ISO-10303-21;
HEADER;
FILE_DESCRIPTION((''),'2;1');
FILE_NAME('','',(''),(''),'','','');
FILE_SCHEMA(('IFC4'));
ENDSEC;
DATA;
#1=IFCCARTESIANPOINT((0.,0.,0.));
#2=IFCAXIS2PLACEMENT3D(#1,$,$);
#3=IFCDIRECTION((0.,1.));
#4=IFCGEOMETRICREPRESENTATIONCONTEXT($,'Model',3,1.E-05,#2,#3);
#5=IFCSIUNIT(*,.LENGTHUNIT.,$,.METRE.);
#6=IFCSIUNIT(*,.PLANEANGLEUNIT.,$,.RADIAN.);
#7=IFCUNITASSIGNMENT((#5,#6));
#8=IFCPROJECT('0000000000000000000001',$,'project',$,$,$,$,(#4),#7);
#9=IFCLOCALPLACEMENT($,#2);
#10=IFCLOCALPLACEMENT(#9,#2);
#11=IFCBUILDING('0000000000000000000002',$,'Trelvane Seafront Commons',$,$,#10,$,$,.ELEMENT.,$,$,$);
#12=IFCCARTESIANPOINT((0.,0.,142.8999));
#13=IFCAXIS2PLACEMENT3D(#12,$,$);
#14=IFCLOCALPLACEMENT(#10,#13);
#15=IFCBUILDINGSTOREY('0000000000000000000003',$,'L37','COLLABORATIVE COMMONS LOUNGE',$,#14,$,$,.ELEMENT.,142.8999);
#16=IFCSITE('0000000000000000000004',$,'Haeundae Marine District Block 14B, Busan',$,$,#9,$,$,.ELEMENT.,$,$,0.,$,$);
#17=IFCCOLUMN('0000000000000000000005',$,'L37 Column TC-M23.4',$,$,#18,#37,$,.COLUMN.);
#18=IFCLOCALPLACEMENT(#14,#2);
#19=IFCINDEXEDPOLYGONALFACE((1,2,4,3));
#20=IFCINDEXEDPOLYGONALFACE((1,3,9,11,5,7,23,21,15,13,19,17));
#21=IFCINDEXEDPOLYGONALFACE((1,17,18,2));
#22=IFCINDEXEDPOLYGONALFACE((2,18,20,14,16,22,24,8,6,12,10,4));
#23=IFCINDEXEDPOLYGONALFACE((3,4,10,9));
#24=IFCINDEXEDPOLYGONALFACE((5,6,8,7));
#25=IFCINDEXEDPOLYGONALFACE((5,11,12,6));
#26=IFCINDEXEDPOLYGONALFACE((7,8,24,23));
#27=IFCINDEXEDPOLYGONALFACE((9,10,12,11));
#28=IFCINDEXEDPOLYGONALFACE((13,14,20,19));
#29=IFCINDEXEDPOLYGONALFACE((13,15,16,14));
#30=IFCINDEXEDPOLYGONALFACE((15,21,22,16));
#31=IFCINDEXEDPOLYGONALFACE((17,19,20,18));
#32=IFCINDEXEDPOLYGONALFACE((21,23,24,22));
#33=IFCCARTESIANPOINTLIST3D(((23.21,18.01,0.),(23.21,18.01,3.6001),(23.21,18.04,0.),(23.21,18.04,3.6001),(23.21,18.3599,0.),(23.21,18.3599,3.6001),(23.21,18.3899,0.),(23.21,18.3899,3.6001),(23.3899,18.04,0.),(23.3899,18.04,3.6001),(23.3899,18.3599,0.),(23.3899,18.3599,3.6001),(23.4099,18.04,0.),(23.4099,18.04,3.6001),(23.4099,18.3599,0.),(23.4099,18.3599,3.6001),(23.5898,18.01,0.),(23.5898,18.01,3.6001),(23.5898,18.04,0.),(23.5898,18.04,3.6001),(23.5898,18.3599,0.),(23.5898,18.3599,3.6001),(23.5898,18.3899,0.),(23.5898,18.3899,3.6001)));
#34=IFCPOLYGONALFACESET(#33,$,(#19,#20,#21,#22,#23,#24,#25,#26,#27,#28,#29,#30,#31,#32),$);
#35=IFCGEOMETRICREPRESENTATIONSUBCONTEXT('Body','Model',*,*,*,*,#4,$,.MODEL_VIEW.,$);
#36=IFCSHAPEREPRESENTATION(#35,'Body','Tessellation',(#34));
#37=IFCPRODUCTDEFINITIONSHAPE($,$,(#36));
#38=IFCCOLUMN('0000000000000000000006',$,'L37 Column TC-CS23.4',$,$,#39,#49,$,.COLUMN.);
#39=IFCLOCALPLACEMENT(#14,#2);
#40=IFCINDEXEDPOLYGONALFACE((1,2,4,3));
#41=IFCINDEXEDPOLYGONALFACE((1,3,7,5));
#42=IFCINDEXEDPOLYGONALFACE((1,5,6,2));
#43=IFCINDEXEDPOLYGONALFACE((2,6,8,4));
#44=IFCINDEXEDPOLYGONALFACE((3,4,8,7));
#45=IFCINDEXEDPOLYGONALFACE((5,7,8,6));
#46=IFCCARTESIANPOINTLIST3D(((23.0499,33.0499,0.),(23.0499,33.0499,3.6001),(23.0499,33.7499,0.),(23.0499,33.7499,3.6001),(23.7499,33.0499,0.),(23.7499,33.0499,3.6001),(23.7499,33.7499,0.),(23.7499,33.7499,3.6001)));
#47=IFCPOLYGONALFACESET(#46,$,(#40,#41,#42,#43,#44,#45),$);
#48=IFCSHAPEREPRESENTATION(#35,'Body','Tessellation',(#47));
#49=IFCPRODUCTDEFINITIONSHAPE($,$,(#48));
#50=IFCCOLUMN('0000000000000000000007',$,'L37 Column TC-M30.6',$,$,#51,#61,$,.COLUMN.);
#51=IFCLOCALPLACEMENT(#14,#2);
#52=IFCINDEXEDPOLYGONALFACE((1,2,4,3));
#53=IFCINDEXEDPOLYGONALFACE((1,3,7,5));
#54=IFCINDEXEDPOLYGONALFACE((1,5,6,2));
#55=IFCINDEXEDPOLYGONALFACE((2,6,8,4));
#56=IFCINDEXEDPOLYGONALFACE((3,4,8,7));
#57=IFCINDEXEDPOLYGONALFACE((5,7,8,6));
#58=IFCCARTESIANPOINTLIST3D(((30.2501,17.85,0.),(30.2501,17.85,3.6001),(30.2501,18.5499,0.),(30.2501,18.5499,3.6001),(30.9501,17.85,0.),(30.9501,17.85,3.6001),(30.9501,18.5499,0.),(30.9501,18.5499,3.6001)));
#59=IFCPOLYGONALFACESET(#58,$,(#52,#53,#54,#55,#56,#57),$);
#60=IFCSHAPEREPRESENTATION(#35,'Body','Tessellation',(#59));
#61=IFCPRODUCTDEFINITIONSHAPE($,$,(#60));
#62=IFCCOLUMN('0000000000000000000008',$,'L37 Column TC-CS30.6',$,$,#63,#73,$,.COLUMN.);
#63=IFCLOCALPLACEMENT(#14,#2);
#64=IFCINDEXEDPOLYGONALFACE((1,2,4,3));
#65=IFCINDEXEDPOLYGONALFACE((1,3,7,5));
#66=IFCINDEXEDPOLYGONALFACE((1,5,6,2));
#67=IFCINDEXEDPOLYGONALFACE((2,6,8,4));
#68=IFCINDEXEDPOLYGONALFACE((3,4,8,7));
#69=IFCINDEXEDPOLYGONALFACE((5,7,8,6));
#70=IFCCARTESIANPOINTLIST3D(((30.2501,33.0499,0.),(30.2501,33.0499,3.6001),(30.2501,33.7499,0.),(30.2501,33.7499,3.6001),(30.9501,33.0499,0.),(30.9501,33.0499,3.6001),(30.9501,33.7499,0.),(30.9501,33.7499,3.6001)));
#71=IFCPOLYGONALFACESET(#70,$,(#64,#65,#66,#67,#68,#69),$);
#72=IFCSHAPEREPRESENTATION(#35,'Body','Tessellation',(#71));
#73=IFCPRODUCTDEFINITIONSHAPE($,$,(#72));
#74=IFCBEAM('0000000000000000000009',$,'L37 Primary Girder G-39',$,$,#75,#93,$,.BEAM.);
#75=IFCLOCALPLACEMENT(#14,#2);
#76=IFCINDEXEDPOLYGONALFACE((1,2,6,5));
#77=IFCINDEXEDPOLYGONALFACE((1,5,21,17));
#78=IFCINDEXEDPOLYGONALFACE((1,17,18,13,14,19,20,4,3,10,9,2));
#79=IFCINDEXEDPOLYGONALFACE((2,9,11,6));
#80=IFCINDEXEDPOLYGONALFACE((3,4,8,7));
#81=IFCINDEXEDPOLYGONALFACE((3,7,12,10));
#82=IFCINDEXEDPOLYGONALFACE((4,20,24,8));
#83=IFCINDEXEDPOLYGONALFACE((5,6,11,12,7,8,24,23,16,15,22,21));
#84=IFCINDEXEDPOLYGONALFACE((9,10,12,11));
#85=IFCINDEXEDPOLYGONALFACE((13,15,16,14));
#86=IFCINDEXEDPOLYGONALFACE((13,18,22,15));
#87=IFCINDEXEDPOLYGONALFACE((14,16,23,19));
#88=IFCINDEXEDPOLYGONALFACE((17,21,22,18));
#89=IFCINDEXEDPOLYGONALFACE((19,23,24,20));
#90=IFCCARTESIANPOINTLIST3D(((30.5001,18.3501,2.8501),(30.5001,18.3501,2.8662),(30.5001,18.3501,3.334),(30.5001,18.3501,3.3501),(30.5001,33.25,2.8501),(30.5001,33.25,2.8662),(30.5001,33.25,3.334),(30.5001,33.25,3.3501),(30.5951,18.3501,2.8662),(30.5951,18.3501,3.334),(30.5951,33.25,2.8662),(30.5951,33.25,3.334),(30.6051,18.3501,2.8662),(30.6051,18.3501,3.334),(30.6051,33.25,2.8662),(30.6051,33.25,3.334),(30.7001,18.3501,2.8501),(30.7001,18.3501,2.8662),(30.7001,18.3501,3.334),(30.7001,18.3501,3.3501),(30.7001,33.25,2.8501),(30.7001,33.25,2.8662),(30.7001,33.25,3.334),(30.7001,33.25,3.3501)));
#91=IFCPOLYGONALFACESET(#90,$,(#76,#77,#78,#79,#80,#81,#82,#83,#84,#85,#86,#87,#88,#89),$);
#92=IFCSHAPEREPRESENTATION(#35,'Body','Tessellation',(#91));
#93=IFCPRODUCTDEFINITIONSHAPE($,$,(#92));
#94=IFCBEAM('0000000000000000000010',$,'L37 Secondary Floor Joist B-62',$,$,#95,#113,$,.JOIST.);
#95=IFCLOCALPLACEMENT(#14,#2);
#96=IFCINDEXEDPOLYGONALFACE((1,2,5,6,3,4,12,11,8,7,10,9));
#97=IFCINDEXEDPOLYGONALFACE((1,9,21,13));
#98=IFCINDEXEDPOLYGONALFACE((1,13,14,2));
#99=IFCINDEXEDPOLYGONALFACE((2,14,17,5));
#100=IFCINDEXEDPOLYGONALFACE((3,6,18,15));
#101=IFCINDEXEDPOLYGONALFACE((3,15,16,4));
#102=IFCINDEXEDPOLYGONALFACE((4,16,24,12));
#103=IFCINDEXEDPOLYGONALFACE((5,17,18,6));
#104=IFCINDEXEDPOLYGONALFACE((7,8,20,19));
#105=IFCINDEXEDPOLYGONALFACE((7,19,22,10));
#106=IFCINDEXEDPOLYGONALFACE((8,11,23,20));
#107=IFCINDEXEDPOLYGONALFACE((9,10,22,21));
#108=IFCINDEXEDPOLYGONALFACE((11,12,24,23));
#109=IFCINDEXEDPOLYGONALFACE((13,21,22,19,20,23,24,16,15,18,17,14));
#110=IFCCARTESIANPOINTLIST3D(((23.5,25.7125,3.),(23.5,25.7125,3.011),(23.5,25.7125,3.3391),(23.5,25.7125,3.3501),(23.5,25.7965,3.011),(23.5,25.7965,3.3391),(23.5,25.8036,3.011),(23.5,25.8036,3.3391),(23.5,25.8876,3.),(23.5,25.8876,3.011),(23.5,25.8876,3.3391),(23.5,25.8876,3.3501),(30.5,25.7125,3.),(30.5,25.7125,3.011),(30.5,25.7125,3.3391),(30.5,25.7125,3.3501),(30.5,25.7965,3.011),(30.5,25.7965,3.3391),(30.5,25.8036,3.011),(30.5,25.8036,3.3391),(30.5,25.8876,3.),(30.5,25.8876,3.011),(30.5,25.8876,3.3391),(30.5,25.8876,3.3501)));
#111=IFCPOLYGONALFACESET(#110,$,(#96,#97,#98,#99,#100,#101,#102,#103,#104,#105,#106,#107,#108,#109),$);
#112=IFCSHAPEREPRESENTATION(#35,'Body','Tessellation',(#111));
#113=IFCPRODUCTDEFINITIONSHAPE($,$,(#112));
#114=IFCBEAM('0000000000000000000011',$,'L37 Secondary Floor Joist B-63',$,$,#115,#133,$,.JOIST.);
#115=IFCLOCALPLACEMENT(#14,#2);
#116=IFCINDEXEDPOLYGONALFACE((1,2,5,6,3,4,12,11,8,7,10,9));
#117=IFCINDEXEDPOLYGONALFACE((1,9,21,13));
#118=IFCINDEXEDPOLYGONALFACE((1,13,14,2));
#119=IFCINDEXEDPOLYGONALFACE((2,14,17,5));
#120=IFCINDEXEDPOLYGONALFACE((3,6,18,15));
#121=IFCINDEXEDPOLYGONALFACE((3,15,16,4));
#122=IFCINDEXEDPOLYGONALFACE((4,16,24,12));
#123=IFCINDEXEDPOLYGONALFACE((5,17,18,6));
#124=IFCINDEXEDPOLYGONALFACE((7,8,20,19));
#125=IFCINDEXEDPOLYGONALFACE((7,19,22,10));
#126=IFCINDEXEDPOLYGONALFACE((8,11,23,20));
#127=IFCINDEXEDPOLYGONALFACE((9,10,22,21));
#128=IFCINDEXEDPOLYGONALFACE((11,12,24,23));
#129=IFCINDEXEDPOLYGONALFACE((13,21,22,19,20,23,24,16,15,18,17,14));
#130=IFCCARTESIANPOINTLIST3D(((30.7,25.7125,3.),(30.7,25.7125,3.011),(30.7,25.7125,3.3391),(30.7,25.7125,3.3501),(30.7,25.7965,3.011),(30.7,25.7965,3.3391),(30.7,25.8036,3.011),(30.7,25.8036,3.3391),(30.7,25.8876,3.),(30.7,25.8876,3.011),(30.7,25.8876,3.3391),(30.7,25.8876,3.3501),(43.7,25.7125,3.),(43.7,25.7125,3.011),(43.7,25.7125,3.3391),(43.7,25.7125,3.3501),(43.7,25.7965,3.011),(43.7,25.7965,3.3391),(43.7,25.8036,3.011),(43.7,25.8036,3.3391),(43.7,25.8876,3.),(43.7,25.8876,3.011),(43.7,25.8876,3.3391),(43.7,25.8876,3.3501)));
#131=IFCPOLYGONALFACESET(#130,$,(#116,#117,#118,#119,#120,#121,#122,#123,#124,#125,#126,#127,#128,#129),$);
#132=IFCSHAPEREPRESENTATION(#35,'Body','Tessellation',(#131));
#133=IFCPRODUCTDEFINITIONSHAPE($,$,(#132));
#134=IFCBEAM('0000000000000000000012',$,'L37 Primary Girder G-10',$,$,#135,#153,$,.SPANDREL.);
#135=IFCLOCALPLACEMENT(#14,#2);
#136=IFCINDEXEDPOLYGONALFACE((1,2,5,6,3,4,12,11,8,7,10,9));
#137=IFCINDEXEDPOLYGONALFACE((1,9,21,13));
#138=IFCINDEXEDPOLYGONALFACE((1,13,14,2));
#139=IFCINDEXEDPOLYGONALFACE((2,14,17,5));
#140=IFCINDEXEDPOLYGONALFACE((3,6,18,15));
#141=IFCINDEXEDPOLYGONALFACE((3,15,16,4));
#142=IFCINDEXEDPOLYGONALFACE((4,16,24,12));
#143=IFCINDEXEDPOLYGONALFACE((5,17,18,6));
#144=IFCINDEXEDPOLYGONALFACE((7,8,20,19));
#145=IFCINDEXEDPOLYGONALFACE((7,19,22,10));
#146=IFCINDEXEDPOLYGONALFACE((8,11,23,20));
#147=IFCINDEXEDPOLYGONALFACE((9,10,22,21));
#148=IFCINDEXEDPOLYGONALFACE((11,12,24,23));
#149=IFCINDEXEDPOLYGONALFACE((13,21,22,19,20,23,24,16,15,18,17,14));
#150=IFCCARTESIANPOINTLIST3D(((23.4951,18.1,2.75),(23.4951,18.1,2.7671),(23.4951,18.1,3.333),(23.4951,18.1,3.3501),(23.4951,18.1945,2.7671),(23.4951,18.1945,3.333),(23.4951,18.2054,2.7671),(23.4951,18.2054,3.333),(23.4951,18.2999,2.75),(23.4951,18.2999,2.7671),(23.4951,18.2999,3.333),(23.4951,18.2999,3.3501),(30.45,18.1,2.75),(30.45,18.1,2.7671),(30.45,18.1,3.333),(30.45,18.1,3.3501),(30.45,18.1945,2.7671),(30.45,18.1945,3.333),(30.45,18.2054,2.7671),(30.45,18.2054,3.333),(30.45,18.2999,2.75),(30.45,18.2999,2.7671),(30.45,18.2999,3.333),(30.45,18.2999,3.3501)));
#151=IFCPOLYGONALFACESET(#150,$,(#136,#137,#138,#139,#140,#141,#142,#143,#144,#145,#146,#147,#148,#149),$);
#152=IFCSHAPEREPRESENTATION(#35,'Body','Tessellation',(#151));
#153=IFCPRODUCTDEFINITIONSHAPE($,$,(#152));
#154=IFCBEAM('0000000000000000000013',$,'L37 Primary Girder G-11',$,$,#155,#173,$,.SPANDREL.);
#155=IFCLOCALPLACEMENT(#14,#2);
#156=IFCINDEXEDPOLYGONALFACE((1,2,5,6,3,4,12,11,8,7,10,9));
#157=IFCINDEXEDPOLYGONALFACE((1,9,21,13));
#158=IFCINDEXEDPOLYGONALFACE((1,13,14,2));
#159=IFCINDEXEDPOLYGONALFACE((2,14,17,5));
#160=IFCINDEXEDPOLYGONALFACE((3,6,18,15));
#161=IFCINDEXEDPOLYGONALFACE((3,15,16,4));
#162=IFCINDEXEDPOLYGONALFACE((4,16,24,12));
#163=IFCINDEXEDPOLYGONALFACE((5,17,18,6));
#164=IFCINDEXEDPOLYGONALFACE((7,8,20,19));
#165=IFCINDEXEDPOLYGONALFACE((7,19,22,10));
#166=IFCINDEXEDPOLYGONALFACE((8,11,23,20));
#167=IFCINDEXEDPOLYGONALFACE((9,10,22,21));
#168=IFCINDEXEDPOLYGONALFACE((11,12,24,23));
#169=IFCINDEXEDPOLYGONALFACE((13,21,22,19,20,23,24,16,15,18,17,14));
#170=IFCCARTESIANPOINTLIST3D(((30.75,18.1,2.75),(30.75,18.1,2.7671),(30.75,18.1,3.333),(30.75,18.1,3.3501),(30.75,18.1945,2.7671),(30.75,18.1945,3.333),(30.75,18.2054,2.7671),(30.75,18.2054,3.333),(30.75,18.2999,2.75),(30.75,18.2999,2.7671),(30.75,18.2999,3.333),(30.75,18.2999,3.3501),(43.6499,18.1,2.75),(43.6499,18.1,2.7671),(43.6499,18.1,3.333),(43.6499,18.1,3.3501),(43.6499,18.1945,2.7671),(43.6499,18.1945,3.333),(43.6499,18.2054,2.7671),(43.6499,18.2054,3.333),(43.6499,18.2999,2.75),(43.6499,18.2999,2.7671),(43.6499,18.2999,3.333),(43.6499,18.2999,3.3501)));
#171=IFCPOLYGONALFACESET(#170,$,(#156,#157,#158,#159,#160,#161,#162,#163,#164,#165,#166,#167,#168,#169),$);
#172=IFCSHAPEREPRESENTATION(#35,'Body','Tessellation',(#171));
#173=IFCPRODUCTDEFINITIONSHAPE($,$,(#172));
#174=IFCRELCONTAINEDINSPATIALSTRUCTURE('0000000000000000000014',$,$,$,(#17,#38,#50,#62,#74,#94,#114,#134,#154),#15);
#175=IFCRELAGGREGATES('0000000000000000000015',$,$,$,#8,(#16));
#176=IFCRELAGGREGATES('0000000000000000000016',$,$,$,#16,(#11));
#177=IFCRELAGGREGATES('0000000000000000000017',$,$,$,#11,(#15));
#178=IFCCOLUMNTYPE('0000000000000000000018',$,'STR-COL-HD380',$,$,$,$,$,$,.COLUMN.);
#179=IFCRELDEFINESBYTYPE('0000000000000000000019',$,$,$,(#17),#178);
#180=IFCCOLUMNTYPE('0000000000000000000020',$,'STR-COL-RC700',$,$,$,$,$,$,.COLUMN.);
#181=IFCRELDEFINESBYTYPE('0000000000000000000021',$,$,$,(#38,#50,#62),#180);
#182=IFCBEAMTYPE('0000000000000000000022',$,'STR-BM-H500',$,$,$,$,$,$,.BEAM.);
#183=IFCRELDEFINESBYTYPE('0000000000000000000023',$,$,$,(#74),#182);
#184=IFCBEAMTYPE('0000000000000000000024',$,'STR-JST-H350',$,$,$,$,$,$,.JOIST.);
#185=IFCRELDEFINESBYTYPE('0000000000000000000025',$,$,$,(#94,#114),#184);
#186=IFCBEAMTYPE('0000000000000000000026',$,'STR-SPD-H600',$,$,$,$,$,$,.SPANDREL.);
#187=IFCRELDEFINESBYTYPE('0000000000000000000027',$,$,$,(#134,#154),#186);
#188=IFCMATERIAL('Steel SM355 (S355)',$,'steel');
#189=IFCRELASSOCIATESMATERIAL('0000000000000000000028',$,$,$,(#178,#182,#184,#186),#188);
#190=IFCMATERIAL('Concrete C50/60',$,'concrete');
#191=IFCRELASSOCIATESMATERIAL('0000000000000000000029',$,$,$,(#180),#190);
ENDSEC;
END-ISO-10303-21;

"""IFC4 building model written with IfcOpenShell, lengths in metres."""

from ifc_helpers import new_model, si_unit, direction, frame, origin, origin_2d, place, context, subcontext, project, spatial, rectangle, i_section, extrude, source, transform, mapped, material, material_profile, profile_set, type_object, element, save


model = new_model("IFC4")

# Units and contexts
model_context = context("Model", 3, precision=1e-05, world=origin(), true_north=direction((0.0, 1.0)))
body_context = subcontext(model_context, "Body", "Model", "MODEL_VIEW")
ifc_project = project(units=[si_unit("LENGTHUNIT", "METRE"), si_unit("PLANEANGLEUNIT", "RADIAN")], contexts=[model_context])

# Site, building, storey
site_placement = place(None, origin())
site = spatial("IfcSite", under=ifc_project, at=site_placement, Name="Haeundae Marine District Block 14B, Busan", CompositionType="ELEMENT", RefElevation=0.0)
building_placement = place(site_placement, origin())
building = spatial("IfcBuilding", under=site, at=building_placement, Name="Trelvane Seafront Commons", CompositionType="ELEMENT")
storey_placement = place(building_placement, frame((0.0, 0.0, 142.8999)))
storey = spatial("IfcBuildingStorey", under=building, at=storey_placement, Name="L37", Description="COLLABORATIVE COMMONS LOUNGE", CompositionType="ELEMENT", Elevation=142.8999)

# Columns
ifc_material_1 = material(Name="Steel SM355 (S355)", Category="steel")
ifc_material_profile_1 = material_profile(ifc_material_1, i_section(OverallWidth=0.3799, OverallDepth=0.3799, WebThickness=0.02, FlangeThickness=0.03, at=origin_2d()), Name="HD-380x380x20x30")
ifc_profile_set_1 = profile_set([ifc_material_profile_1], Name="Steel SM355 (S355)")
column_type_1 = type_object("IfcColumnType", Name="STR-COL-HD380", PredefinedType="COLUMN", material=ifc_profile_set_1)
shared_shape_1 = source(origin(), body_context, "Body", "SweptSolid", [
    extrude(i_section(OverallWidth=0.3799, OverallDepth=0.3799, WebThickness=0.02, FlangeThickness=0.03, at=origin_2d()), origin(), (0.0, 0.0, 1.0), 3.6001),
])
column_placement = place(storey_placement, frame((23.3999, 18.2, 0.0), z_axis=(0.0, 0.0, 1.0), x_axis=(1.0, 0.0, 0.0)))
element("IfcColumn", 1, at=column_placement, inside=storey, type_object=column_type_1, Name="L37 Column TC-M23.4", PredefinedType="COLUMN", context=body_context, shape_type="MappedRepresentation", body=[
    mapped(shared_shape_1, transform((0.0, 0.0, 0.0), x_axis=(1.0, 0.0, 0.0), y_axis=(0.0, 1.0, 0.0), z_axis=(0.0, 0.0, 1.0), scale=1.0)),
])
ifc_material_2 = material(Name="Concrete C50/60", Category="concrete")
ifc_material_profile_2 = material_profile(ifc_material_2, rectangle(XDim=0.7, YDim=0.7, at=origin_2d()), Name="RC-700x700")
ifc_profile_set_2 = profile_set([ifc_material_profile_2], Name="Concrete C50/60")
column_type_2 = type_object("IfcColumnType", Name="STR-COL-RC700", PredefinedType="COLUMN", material=ifc_profile_set_2)
shared_shape_2 = source(origin(), body_context, "Body", "SweptSolid", [
    extrude(rectangle(XDim=0.7, YDim=0.7, at=origin_2d()), origin(), (0.0, 0.0, 1.0), 3.6001),
])
for number, where, z_axis, x_axis, name in (
    (2, (23.3999, 33.3999, 0.0), (0.0, 0.0, 1.0), (1.0, 0.0, 0.0), "L37 Column TC-CS23.4"),
    (3, (30.6001, 18.2, 0.0), (0.0, 0.0, 1.0), (1.0, 0.0, 0.0), "L37 Column TC-M30.6"),
    (4, (30.6001, 33.3999, 0.0), (0.0, 0.0, 1.0), (1.0, 0.0, 0.0), "L37 Column TC-CS30.6"),
):
    element("IfcColumn", number, at=place(storey_placement, frame(where, z_axis=z_axis, x_axis=x_axis)), inside=storey, type_object=column_type_2, Name=name, PredefinedType="COLUMN", context=body_context, shape_type="MappedRepresentation", body=[
        mapped(shared_shape_2, transform((0.0, 0.0, 0.0), x_axis=(1.0, 0.0, 0.0), y_axis=(0.0, 1.0, 0.0), z_axis=(0.0, 0.0, 1.0), scale=1.0)),
    ])

# Beams
ifc_material_profile_3 = material_profile(ifc_material_1, i_section(OverallWidth=0.2, OverallDepth=0.5, WebThickness=0.01, FlangeThickness=0.0161, at=origin_2d()), Name="H-500x200x10x16")
ifc_profile_set_3 = profile_set([ifc_material_profile_3], Name="Steel SM355 (S355)")
beam_type_1 = type_object("IfcBeamType", Name="STR-BM-H500", PredefinedType="BEAM", material=ifc_profile_set_3)
shared_shape_3 = source(origin(), body_context, "Body", "SweptSolid", [
    extrude(i_section(OverallWidth=0.2, OverallDepth=0.5, WebThickness=0.01, FlangeThickness=0.0161, at=origin_2d()), origin(), (0.0, 0.0, 1.0), 14.8999),
])
beam_1_placement = place(storey_placement, frame((30.6001, 18.3501, 3.1001), z_axis=(0.0, 1.0, 0.0), x_axis=(-1.0, 0.0, 0.0)))
element("IfcBeam", 5, at=beam_1_placement, inside=storey, type_object=beam_type_1, Name="L37 Primary Girder G-39", PredefinedType="BEAM", context=body_context, shape_type="MappedRepresentation", body=[
    mapped(shared_shape_3, transform((0.0, 0.0, 0.0), x_axis=(1.0, 0.0, 0.0), y_axis=(0.0, 1.0, 0.0), z_axis=(0.0, 0.0, 1.0), scale=1.0)),
])
ifc_material_profile_4 = material_profile(ifc_material_1, i_section(OverallWidth=0.175, OverallDepth=0.3501, WebThickness=0.0071, FlangeThickness=0.011, at=origin_2d()), Name="H-350x175x7x11")
ifc_profile_set_4 = profile_set([ifc_material_profile_4], Name="Steel SM355 (S355)")
beam_type_2 = type_object("IfcBeamType", Name="STR-JST-H350", PredefinedType="JOIST", material=ifc_profile_set_4)
shared_shape_4 = source(origin(), body_context, "Body", "SweptSolid", [
    extrude(i_section(OverallWidth=0.175, OverallDepth=0.3501, WebThickness=0.0071, FlangeThickness=0.011, at=origin_2d()), origin(), (0.0, 0.0, 1.0), 7.0),
])
beam_2_placement = place(storey_placement, frame((23.5, 25.8, 3.175), z_axis=(1.0, 0.0, 0.0), x_axis=(0.0, 1.0, 0.0)))
element("IfcBeam", 6, at=beam_2_placement, inside=storey, type_object=beam_type_2, Name="L37 Secondary Floor Joist B-62", PredefinedType="JOIST", context=body_context, shape_type="MappedRepresentation", body=[
    mapped(shared_shape_4, transform((0.0, 0.0, 0.0), x_axis=(1.0, 0.0, 0.0), y_axis=(0.0, 1.0, 0.0), z_axis=(0.0, 0.0, 1.0), scale=1.0)),
])
shared_shape_5 = source(origin(), body_context, "Body", "SweptSolid", [
    extrude(i_section(OverallWidth=0.175, OverallDepth=0.3501, WebThickness=0.0071, FlangeThickness=0.011, at=origin_2d()), origin(), (0.0, 0.0, 1.0), 13.0),
])
beam_3_placement = place(storey_placement, frame((30.7, 25.8, 3.175), z_axis=(1.0, 0.0, 0.0), x_axis=(0.0, 1.0, 0.0)))
element("IfcBeam", 7, at=beam_3_placement, inside=storey, type_object=beam_type_2, Name="L37 Secondary Floor Joist B-63", PredefinedType="JOIST", context=body_context, shape_type="MappedRepresentation", body=[
    mapped(shared_shape_5, transform((0.0, 0.0, 0.0), x_axis=(1.0, 0.0, 0.0), y_axis=(0.0, 1.0, 0.0), z_axis=(0.0, 0.0, 1.0), scale=1.0)),
])
ifc_material_profile_5 = material_profile(ifc_material_1, i_section(OverallWidth=0.2, OverallDepth=0.6001, WebThickness=0.011, FlangeThickness=0.0171, at=origin_2d()), Name="H-600x200x11x17")
ifc_profile_set_5 = profile_set([ifc_material_profile_5], Name="Steel SM355 (S355)")
beam_type_3 = type_object("IfcBeamType", Name="STR-SPD-H600", PredefinedType="SPANDREL", material=ifc_profile_set_5)
shared_shape_6 = source(origin(), body_context, "Body", "SweptSolid", [
    extrude(i_section(OverallWidth=0.2, OverallDepth=0.6001, WebThickness=0.011, FlangeThickness=0.0171, at=origin_2d()), origin(), (0.0, 0.0, 1.0), 6.9548),
])
beam_4_placement = place(storey_placement, frame((23.4951, 18.2, 3.05), z_axis=(1.0, 0.0, 0.0), x_axis=(0.0, 1.0, 0.0)))
element("IfcBeam", 8, at=beam_4_placement, inside=storey, type_object=beam_type_3, Name="L37 Primary Girder G-10", PredefinedType="SPANDREL", context=body_context, shape_type="MappedRepresentation", body=[
    mapped(shared_shape_6, transform((0.0, 0.0, 0.0), x_axis=(1.0, 0.0, 0.0), y_axis=(0.0, 1.0, 0.0), z_axis=(0.0, 0.0, 1.0), scale=1.0)),
])
shared_shape_7 = source(origin(), body_context, "Body", "SweptSolid", [
    extrude(i_section(OverallWidth=0.2, OverallDepth=0.6001, WebThickness=0.011, FlangeThickness=0.0171, at=origin_2d()), origin(), (0.0, 0.0, 1.0), 12.8999),
])
for number, where, z_axis, x_axis, name in (
    (9, (30.75, 18.2, 3.05), (1.0, 0.0, 0.0), (0.0, 1.0, 0.0), "L37 Primary Girder G-11"),
):
    element("IfcBeam", number, at=place(storey_placement, frame(where, z_axis=z_axis, x_axis=x_axis)), inside=storey, type_object=beam_type_3, Name=name, PredefinedType="SPANDREL", context=body_context, shape_type="MappedRepresentation", body=[
        mapped(shared_shape_7, transform((0.0, 0.0, 0.0), x_axis=(1.0, 0.0, 0.0), y_axis=(0.0, 1.0, 0.0), z_axis=(0.0, 0.0, 1.0), scale=1.0)),
    ])

save(model, "model.ifc")
